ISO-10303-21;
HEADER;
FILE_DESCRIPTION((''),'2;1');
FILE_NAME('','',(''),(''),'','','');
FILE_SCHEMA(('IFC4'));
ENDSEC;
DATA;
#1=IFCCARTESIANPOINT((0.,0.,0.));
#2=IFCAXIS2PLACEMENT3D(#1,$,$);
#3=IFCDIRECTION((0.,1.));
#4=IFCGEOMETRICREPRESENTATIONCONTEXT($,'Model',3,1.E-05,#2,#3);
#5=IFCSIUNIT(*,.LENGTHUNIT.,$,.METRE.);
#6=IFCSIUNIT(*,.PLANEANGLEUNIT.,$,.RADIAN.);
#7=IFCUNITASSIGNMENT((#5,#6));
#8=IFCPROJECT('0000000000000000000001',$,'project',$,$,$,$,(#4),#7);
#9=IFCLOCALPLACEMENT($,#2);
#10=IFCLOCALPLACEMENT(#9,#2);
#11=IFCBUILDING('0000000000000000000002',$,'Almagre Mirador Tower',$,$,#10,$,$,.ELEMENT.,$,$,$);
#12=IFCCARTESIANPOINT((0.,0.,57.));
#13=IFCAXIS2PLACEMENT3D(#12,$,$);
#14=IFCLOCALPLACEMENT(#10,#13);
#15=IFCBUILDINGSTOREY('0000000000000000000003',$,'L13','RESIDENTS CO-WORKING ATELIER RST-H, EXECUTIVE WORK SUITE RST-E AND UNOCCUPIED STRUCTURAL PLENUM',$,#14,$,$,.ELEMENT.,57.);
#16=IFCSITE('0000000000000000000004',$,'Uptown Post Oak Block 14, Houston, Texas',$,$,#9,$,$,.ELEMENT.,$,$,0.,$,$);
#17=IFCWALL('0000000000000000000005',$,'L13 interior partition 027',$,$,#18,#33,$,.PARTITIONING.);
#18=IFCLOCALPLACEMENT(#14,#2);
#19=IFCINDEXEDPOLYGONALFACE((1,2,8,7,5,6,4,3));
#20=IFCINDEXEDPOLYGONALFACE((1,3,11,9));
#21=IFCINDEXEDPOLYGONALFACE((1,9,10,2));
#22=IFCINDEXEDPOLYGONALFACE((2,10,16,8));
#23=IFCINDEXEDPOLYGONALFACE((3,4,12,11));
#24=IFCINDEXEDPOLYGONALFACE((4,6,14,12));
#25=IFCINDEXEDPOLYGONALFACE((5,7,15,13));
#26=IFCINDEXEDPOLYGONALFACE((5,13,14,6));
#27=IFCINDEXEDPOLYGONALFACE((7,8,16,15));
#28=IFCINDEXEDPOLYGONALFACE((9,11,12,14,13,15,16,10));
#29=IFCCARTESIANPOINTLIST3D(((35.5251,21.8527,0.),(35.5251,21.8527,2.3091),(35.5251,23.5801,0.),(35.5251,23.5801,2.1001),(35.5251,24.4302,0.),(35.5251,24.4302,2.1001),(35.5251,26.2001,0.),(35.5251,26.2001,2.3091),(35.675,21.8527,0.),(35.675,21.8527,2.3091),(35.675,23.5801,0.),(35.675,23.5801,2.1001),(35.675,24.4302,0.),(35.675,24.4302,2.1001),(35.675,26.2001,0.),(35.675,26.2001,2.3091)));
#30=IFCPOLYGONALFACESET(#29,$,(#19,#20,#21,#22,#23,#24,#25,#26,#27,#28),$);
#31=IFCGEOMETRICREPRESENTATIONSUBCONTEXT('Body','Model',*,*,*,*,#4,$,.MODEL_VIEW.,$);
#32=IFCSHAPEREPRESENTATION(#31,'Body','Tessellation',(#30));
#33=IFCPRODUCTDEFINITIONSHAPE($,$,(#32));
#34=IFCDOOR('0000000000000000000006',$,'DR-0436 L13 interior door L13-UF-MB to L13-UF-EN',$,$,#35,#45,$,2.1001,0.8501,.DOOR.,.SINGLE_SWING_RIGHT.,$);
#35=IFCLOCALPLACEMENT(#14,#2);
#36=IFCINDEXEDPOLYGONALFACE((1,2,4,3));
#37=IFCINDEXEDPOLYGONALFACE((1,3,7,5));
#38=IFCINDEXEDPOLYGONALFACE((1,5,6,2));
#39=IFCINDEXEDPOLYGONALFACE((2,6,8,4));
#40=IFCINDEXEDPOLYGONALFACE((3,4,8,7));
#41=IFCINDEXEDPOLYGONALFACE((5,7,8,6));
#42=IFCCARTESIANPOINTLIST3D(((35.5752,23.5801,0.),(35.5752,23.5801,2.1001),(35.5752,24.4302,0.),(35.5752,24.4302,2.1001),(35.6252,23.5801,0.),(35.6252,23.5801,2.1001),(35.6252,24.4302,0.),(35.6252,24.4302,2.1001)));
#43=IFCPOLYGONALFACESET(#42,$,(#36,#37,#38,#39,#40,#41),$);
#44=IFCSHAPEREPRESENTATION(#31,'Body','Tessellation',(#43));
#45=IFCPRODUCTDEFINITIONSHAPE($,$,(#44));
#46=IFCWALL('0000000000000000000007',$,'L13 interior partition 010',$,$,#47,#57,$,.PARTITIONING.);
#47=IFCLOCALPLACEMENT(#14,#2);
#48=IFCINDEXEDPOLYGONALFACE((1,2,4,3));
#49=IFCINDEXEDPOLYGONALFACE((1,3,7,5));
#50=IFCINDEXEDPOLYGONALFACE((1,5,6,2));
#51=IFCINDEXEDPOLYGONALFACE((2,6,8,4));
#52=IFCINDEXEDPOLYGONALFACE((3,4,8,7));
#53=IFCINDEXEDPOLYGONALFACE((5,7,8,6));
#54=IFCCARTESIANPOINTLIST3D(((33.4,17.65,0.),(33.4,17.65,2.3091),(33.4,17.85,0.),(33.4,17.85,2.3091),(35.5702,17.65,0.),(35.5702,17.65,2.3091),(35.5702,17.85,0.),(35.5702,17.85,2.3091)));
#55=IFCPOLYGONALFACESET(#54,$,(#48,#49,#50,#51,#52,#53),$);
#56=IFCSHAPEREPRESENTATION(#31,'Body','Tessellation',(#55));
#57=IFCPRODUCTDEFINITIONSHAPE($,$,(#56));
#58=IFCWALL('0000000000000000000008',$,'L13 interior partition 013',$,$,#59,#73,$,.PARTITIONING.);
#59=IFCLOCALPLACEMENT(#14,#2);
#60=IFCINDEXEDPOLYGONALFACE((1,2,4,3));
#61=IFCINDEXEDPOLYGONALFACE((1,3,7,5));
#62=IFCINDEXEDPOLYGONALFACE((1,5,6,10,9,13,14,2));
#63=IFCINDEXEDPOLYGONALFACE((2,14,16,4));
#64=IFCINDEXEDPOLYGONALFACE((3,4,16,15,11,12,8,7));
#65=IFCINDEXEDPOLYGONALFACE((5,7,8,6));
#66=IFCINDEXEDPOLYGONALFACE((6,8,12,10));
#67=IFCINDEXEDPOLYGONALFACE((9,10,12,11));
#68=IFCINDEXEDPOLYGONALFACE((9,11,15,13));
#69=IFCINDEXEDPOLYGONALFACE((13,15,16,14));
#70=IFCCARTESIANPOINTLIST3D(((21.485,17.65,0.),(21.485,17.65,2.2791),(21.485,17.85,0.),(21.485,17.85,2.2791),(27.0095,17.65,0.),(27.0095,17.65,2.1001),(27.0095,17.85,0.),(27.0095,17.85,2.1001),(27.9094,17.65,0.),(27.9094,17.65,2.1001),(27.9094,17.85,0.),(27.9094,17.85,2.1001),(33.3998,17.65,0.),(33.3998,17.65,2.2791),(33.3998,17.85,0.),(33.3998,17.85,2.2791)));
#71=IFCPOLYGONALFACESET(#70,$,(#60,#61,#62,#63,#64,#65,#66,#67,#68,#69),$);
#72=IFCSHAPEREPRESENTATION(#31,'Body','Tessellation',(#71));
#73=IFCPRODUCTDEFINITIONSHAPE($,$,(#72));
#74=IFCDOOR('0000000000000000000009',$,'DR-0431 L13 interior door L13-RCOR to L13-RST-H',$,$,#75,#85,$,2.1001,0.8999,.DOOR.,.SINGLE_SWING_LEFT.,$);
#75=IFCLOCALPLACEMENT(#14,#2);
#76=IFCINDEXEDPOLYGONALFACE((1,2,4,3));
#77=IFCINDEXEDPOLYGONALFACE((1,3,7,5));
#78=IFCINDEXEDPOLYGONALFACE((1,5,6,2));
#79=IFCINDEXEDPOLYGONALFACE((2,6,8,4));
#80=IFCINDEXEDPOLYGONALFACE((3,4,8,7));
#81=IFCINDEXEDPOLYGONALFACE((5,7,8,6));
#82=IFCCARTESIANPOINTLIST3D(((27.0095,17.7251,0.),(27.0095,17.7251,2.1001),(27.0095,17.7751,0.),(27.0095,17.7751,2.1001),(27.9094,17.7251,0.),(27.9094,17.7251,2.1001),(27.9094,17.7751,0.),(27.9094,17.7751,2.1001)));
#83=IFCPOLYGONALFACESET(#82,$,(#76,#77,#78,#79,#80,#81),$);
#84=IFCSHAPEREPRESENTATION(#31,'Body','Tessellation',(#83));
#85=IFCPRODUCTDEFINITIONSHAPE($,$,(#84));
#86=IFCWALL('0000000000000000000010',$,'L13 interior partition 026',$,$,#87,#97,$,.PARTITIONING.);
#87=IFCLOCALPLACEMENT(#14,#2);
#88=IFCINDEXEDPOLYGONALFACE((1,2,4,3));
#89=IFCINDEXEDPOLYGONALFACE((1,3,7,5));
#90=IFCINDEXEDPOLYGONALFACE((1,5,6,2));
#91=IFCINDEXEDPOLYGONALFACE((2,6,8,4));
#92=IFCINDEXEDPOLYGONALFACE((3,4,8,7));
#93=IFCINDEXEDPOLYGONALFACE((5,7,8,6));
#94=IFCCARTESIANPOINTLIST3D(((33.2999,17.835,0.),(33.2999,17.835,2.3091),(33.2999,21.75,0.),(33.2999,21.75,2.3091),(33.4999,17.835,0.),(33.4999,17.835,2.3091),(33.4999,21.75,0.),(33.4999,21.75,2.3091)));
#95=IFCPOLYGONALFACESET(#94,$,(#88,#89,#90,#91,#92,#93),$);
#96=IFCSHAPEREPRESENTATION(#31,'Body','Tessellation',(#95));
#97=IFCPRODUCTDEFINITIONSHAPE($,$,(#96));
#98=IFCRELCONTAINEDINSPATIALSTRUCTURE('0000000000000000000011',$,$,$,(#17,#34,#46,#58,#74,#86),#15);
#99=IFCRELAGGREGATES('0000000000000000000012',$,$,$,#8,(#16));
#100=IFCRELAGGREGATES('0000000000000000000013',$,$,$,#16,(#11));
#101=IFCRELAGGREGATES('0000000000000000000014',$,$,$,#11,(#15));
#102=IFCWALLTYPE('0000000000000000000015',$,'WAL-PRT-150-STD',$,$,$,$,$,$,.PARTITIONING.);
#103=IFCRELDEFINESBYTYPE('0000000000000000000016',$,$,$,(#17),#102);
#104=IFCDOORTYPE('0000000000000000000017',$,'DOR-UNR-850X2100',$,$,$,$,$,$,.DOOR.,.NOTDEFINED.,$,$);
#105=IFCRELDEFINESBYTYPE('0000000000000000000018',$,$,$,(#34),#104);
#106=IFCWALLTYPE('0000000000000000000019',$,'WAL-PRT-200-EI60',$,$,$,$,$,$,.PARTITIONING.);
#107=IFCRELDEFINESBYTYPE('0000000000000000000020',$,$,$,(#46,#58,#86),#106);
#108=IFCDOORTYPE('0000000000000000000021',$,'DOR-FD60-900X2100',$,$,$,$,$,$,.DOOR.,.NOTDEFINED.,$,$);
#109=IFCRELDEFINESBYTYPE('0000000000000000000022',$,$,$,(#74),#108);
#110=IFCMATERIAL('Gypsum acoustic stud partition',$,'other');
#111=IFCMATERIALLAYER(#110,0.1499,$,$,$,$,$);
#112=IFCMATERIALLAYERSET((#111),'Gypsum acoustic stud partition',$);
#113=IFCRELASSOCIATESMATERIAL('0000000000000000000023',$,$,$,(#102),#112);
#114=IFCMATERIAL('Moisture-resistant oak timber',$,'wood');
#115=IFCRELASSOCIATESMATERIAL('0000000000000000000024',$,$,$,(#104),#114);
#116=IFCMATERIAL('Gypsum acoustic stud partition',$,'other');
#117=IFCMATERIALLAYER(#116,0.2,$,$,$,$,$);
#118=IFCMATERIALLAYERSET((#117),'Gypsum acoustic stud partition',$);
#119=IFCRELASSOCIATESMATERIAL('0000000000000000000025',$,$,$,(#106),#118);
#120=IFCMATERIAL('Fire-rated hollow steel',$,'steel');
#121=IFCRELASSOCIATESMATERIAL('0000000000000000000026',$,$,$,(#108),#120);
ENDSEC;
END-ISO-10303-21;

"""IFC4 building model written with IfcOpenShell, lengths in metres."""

from ifc_helpers import new_model, si_unit, direction, frame, frame_2d, origin, place, context, subcontext, project, spatial, rectangle, extrude, material, layer, layer_set, type_object, element, fill, save


model = new_model("IFC4")

# Units and contexts
model_context = context("Model", 3, precision=1e-05, world=origin(), true_north=direction((0.0, 1.0)))
body_context = subcontext(model_context, "Body", "Model", "MODEL_VIEW")
ifc_project = project(units=[si_unit("LENGTHUNIT", "METRE"), si_unit("PLANEANGLEUNIT", "RADIAN")], contexts=[model_context])

# Site, building, storey
site_placement = place(None, origin())
site = spatial("IfcSite", under=ifc_project, at=site_placement, Name="Uptown Post Oak Block 14, Houston, Texas", CompositionType="ELEMENT", RefElevation=0.0)
building_placement = place(site_placement, origin())
building = spatial("IfcBuilding", under=site, at=building_placement, Name="Almagre Mirador Tower", CompositionType="ELEMENT")
storey_placement = place(building_placement, frame((0.0, 0.0, 57.0)))
storey = spatial("IfcBuildingStorey", under=building, at=storey_placement, Name="L13", Description="RESIDENTS CO-WORKING ATELIER RST-H, EXECUTIVE WORK SUITE RST-E AND UNOCCUPIED STRUCTURAL PLENUM", CompositionType="ELEMENT", Elevation=57.0)

# Shared definitions
ifc_material_1 = material(Name="Gypsum acoustic stud partition", Category="other")
ifc_layer_1 = layer(ifc_material_1, 0.1499)
ifc_layer_set_1 = layer_set([ifc_layer_1], Name="Gypsum acoustic stud partition")
wall_type_1 = type_object("IfcWallType", Name="WAL-PRT-150-STD", PredefinedType="PARTITIONING", material=ifc_layer_set_1)

# Wall, opening, door
wall_1_placement = place(storey_placement, frame((35.6001, 21.8525, 0.0), z_axis=(0.0, 0.0, 1.0), x_axis=(0.0, 1.0, 0.0)))
wall_1 = element("IfcWall", 1, at=wall_1_placement, inside=storey, type_object=wall_type_1, Name="L13 interior partition 027", PredefinedType="PARTITIONING", context=body_context, shape_type="SweptSolid", body=[
    extrude(rectangle(XDim=4.3474, YDim=0.1499, at=frame_2d((2.1738, 0.0))), origin(), (0.0, 0.0, 1.0), 2.3091),
])
opening_1_placement = place(wall_1_placement, frame((1.7275, 0.0, 0.0)))
opening_1 = element("IfcOpeningElement", 2, at=opening_1_placement, cuts=wall_1, PredefinedType="OPENING", context=body_context, shape_type="SweptSolid", body=[
    extrude(rectangle(XDim=0.8501, YDim=2.1001, at=frame_2d((0.425, 1.05))), frame((0.0, 0.085, 0.0), z_axis=(0.0, -1.0, 0.0), x_axis=(1.0, 0.0, 0.0)), (0.0, 0.0, 1.0), 0.1699),
])
ifc_material_2 = material(Name="Moisture-resistant oak timber", Category="wood")
door_type_1 = type_object("IfcDoorType", Name="DOR-UNR-850X2100", OperationType="NOTDEFINED", PredefinedType="DOOR", material=ifc_material_2)
door_1_placement = place(opening_1_placement, origin())
door_1 = element("IfcDoor", 3, at=door_1_placement, inside=storey, type_object=door_type_1, Name="DR-0436 L13 interior door L13-UF-MB to L13-UF-EN", OperationType="SINGLE_SWING_RIGHT", OverallHeight=2.1001, OverallWidth=0.8501, PredefinedType="DOOR", context=body_context, shape_type="SweptSolid", body=[
    extrude(rectangle(XDim=0.8501, YDim=2.1001, at=frame_2d((0.425, 1.05))), frame((0.0, 0.0249, 0.0), z_axis=(0.0, -1.0, 0.0), x_axis=(1.0, 0.0, 0.0)), (0.0, 0.0, 1.0), 0.05),
])
fill(opening_1, door_1)

# Wall
ifc_material_3 = material(Name="Gypsum acoustic stud partition", Category="other")
ifc_layer_2 = layer(ifc_material_3, 0.2)
ifc_layer_set_2 = layer_set([ifc_layer_2], Name="Gypsum acoustic stud partition")
wall_type_2 = type_object("IfcWallType", Name="WAL-PRT-200-EI60", PredefinedType="PARTITIONING", material=ifc_layer_set_2)
wall_2_placement = place(storey_placement, frame((35.5701, 17.75, 0.0), z_axis=(0.0, 0.0, 1.0), x_axis=(-1.0, 0.0, 0.0)))
element("IfcWall", 4, at=wall_2_placement, inside=storey, type_object=wall_type_2, Name="L13 interior partition 010", PredefinedType="PARTITIONING", context=body_context, shape_type="SweptSolid", body=[
    extrude(rectangle(XDim=2.1702, YDim=0.2, at=frame_2d((1.085, 0.0))), origin(), (0.0, 0.0, 1.0), 2.3091),
])

# Wall, opening, door
wall_3_placement = place(storey_placement, frame((33.3999, 17.75, 0.0), z_axis=(0.0, 0.0, 1.0), x_axis=(-1.0, 0.0, 0.0)))
wall_3 = element("IfcWall", 5, at=wall_3_placement, inside=storey, type_object=wall_type_2, Name="L13 interior partition 013", PredefinedType="PARTITIONING", context=body_context, shape_type="SweptSolid", body=[
    extrude(rectangle(XDim=11.9148, YDim=0.2, at=frame_2d((5.9575, 0.0))), origin(), (0.0, 0.0, 1.0), 2.2791),
])
opening_2_placement = place(wall_3_placement, frame((5.4905, 0.0, 0.0)))
opening_2 = element("IfcOpeningElement", 6, at=opening_2_placement, cuts=wall_3, PredefinedType="OPENING", context=body_context, shape_type="SweptSolid", body=[
    extrude(rectangle(XDim=0.8999, YDim=2.1001, at=frame_2d((0.45, 1.05))), frame((0.0, 0.1101, 0.0), z_axis=(0.0, -1.0, 0.0), x_axis=(1.0, 0.0, 0.0)), (0.0, 0.0, 1.0), 0.22),
])
ifc_material_4 = material(Name="Fire-rated hollow steel", Category="steel")
door_type_2 = type_object("IfcDoorType", Name="DOR-FD60-900X2100", OperationType="NOTDEFINED", PredefinedType="DOOR", material=ifc_material_4)
door_2_placement = place(opening_2_placement, origin())
door_2 = element("IfcDoor", 7, at=door_2_placement, inside=storey, type_object=door_type_2, Name="DR-0431 L13 interior door L13-RCOR to L13-RST-H", OperationType="SINGLE_SWING_LEFT", OverallHeight=2.1001, OverallWidth=0.8999, PredefinedType="DOOR", context=body_context, shape_type="SweptSolid", body=[
    extrude(rectangle(XDim=0.8999, YDim=2.1001, at=frame_2d((0.45, 1.05))), frame((0.0, 0.0249, 0.0), z_axis=(0.0, -1.0, 0.0), x_axis=(1.0, 0.0, 0.0)), (0.0, 0.0, 1.0), 0.05),
])
fill(opening_2, door_2)

# Wall
wall_4_placement = place(storey_placement, frame((33.3999, 21.75, 0.0), z_axis=(0.0, 0.0, 1.0), x_axis=(0.0, -1.0, 0.0)))
element("IfcWall", 8, at=wall_4_placement, inside=storey, type_object=wall_type_2, Name="L13 interior partition 026", PredefinedType="PARTITIONING", context=body_context, shape_type="SweptSolid", body=[
    extrude(rectangle(XDim=3.915, YDim=0.2, at=frame_2d((1.9575, 0.0))), origin(), (0.0, 0.0, 1.0), 2.3091),
])

save(model, "model.ifc")
